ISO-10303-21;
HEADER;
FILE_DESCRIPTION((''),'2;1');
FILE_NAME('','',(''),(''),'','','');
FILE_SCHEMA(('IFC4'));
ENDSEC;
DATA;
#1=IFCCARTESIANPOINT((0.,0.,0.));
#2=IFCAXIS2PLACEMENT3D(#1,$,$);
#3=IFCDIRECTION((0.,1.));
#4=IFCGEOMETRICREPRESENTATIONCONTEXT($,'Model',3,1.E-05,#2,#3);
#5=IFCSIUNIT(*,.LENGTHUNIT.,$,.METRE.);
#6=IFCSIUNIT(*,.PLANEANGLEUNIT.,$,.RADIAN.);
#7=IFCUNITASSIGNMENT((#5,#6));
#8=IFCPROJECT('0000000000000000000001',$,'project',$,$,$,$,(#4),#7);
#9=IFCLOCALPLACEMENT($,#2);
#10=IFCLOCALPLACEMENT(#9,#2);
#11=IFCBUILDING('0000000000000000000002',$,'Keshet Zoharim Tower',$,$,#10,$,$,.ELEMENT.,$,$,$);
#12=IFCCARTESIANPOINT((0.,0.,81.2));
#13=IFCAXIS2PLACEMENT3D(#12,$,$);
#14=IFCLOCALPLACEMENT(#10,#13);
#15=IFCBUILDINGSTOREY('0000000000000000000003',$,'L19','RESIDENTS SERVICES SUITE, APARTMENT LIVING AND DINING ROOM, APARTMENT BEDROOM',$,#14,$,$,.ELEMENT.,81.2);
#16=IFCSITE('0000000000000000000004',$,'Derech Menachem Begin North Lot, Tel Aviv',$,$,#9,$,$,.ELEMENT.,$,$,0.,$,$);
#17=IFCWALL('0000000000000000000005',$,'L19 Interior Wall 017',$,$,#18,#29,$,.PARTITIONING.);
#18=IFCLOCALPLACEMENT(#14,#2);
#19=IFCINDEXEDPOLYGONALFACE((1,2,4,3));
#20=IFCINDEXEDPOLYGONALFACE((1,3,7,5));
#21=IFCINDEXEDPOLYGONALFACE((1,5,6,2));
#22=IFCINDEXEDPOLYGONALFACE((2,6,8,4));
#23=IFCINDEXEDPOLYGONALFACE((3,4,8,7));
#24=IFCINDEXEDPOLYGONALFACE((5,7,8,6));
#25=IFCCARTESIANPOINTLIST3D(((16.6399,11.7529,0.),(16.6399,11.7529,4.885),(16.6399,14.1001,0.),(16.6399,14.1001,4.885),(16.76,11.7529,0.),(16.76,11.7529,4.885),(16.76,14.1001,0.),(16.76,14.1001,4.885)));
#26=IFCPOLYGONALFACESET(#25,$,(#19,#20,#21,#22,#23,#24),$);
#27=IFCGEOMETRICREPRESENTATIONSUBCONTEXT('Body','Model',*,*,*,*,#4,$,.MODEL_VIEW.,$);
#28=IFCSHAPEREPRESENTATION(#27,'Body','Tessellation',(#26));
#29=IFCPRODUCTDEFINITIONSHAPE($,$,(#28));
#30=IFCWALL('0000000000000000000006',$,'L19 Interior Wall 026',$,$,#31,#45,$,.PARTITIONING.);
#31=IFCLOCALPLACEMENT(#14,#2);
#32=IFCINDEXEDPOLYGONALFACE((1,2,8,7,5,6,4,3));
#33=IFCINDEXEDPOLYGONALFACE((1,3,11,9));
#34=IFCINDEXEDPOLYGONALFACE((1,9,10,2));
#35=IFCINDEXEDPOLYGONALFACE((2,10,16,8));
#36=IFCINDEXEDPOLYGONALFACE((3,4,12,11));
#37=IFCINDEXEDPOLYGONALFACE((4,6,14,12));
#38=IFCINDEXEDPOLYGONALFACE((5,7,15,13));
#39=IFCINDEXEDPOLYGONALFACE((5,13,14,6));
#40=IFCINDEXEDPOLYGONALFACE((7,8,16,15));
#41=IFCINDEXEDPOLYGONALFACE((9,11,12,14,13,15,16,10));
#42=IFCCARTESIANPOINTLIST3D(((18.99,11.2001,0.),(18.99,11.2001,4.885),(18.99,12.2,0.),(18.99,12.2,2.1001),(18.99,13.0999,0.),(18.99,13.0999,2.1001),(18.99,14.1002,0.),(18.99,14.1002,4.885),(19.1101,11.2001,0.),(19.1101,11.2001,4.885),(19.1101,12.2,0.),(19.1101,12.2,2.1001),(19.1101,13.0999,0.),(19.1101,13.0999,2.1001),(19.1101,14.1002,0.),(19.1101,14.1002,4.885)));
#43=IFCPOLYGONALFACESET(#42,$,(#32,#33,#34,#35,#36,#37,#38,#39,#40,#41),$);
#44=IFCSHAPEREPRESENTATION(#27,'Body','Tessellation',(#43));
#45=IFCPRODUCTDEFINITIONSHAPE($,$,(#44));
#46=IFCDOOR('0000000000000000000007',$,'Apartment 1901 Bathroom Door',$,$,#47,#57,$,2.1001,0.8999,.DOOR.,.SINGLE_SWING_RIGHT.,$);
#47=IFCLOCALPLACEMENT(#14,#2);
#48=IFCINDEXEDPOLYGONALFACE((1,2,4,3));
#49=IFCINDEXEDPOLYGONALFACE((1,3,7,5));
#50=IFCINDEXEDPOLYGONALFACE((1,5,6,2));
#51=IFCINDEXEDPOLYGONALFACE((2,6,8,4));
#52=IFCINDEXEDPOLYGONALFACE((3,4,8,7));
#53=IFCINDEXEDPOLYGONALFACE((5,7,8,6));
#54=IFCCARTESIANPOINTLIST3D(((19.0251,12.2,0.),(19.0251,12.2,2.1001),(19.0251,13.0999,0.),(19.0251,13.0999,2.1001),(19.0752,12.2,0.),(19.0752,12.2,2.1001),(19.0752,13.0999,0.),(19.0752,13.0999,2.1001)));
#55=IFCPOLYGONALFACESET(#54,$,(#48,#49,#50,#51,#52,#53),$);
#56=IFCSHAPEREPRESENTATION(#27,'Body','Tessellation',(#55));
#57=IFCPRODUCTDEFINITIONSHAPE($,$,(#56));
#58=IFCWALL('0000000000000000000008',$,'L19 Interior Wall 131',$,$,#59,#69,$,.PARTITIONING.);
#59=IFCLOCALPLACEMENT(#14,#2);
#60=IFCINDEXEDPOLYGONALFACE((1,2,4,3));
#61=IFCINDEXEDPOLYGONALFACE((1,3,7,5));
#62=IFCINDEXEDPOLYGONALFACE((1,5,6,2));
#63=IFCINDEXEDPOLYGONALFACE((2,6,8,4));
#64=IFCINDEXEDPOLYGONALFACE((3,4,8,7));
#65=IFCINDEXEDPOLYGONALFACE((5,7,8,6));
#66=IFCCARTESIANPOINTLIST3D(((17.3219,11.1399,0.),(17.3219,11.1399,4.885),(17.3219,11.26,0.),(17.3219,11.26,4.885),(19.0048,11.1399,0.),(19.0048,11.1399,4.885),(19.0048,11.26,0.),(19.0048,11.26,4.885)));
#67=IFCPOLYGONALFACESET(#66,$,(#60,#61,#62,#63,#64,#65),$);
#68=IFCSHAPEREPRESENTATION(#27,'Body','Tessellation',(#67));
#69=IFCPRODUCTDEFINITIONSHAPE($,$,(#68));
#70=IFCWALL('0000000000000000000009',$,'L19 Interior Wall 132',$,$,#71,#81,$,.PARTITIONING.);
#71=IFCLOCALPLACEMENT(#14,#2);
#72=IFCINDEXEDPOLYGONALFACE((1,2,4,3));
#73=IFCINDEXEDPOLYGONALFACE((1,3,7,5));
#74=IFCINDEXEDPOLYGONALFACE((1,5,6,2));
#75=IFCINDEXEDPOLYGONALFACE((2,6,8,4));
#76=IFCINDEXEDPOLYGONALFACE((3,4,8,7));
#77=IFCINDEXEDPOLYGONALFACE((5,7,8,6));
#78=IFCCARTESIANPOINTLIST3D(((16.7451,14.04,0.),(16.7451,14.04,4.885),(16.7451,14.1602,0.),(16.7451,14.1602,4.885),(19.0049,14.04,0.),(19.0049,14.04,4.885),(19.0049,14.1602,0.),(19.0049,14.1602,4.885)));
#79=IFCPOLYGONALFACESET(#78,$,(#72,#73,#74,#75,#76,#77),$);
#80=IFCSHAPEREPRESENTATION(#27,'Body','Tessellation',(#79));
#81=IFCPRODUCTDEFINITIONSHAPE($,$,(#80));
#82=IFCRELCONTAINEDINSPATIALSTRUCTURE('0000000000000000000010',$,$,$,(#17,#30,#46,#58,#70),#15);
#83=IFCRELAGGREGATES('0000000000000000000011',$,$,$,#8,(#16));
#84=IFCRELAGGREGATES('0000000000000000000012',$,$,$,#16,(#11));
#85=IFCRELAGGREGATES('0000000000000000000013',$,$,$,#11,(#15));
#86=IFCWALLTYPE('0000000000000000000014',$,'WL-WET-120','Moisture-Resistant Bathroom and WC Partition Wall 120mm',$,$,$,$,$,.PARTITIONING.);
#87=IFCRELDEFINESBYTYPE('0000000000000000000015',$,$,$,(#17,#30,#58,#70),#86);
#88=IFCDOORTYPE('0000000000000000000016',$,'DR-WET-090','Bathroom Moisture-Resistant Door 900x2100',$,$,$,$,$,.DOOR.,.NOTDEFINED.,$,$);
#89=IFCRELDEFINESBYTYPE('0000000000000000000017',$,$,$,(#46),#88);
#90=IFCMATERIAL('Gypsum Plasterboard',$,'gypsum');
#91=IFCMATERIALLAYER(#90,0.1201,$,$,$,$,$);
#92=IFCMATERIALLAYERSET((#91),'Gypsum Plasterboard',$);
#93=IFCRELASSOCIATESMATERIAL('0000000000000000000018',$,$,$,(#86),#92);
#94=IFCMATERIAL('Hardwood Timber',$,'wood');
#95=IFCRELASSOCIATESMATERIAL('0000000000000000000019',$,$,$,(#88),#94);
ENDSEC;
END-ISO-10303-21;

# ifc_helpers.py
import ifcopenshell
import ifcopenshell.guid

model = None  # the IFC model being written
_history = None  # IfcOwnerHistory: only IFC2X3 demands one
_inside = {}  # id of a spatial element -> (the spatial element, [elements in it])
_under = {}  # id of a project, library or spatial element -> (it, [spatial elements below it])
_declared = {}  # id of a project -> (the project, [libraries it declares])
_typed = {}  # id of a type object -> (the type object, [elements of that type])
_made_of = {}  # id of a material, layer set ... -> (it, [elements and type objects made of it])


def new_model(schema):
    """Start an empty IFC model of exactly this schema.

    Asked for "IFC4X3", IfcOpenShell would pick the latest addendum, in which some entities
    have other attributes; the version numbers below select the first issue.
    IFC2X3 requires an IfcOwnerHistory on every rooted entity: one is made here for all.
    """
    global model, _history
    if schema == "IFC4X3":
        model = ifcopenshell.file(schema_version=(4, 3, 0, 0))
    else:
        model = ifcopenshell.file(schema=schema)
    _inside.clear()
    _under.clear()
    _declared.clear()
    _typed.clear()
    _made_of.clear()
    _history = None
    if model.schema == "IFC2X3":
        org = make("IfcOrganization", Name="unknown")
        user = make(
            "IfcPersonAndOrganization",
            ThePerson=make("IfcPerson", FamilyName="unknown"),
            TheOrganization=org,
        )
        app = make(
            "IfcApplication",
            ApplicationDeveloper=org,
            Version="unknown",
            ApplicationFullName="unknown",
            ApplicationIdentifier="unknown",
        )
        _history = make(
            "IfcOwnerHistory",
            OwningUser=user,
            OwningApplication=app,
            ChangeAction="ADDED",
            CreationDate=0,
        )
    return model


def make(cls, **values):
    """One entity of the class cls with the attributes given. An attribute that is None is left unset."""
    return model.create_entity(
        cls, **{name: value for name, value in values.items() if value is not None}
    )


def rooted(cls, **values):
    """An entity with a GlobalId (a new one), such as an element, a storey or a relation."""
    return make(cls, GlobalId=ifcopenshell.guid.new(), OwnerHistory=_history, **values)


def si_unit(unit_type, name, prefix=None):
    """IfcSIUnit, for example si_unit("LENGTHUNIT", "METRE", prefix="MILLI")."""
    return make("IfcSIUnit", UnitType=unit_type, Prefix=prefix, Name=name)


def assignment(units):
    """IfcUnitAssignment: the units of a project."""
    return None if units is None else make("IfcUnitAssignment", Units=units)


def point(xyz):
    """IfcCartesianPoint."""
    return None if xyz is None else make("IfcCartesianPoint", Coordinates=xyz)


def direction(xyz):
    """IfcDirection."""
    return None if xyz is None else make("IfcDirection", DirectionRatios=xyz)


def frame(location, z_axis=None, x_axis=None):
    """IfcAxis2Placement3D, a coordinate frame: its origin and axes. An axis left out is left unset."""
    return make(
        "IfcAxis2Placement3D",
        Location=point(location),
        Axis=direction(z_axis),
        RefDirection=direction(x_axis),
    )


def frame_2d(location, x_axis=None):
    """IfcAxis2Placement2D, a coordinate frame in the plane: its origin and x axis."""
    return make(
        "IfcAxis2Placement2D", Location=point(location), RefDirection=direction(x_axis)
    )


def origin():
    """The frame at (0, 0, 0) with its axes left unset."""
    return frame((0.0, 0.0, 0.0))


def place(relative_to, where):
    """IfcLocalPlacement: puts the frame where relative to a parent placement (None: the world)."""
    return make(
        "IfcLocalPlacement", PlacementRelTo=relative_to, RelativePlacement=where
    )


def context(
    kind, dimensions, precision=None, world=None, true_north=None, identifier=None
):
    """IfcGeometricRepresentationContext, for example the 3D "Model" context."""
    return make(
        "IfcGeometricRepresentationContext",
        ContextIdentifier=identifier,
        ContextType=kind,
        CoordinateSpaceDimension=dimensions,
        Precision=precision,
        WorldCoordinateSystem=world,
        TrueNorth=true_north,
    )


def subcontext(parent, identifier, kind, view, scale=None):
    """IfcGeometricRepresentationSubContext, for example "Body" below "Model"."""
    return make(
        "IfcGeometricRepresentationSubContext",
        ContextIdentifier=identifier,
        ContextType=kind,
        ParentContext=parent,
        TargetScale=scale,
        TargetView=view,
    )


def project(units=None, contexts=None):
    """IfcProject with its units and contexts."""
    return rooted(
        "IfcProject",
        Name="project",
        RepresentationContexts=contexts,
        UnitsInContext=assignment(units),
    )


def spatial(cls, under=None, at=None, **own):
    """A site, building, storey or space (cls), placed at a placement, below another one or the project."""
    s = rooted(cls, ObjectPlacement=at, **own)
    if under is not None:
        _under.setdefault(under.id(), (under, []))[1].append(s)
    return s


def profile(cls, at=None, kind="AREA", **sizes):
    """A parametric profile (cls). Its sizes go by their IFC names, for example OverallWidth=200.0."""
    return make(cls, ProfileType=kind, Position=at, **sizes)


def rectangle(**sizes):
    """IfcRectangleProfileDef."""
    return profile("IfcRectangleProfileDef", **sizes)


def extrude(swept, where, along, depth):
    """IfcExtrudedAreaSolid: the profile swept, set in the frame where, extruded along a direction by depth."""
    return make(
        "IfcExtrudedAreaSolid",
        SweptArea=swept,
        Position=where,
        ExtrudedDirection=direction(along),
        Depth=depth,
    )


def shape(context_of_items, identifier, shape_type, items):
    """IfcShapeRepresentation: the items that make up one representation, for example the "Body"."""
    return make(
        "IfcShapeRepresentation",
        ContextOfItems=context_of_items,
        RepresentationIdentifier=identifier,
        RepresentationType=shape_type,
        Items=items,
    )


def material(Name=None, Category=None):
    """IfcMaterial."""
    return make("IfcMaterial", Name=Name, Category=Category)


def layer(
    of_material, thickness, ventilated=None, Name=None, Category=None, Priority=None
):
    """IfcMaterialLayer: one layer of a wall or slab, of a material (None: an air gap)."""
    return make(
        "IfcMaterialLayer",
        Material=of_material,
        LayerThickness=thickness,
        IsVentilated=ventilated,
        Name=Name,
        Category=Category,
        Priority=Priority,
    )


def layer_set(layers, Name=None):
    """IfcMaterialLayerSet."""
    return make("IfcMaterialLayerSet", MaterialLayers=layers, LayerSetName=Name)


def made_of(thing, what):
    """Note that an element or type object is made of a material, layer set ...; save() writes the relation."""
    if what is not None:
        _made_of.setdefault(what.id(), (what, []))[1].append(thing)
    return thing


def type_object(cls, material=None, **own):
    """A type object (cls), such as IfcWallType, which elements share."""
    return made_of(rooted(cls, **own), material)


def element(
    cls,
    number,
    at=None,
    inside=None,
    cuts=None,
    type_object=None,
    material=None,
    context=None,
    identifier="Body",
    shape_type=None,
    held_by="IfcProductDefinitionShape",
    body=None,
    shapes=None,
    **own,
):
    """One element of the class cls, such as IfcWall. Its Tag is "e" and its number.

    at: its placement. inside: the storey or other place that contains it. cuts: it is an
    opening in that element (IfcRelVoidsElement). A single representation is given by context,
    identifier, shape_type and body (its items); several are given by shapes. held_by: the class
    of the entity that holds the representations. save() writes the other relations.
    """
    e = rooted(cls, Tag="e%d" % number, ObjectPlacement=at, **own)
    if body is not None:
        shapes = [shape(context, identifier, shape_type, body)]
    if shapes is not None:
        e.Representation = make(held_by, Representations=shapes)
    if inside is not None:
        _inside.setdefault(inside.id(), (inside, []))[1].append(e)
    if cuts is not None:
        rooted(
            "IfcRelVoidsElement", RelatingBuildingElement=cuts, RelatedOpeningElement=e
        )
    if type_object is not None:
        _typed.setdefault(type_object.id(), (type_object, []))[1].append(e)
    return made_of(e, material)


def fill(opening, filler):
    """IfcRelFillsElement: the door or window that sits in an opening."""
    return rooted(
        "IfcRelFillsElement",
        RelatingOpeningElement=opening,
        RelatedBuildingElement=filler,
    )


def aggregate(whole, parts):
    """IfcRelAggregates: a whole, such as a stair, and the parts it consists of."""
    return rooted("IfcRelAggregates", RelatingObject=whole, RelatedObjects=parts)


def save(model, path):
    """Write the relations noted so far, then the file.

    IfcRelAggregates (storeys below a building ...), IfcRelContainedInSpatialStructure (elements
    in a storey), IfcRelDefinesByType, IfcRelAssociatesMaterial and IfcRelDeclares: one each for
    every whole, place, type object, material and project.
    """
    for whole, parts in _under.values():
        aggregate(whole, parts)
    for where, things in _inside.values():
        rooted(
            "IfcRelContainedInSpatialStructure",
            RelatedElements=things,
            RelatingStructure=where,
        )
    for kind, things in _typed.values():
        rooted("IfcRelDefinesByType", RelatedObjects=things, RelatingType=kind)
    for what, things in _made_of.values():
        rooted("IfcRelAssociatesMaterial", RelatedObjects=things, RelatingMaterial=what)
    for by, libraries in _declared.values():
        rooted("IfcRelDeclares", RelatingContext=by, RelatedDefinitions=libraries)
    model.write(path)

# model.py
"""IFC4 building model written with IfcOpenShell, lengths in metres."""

from ifc_helpers import new_model, si_unit, direction, frame, frame_2d, origin, place, context, subcontext, project, spatial, rectangle, extrude, material, layer, layer_set, type_object, element, fill, save


model = new_model("IFC4")

# Units and contexts
model_context = context("Model", 3, precision=1e-05, world=origin(), true_north=direction((0.0, 1.0)))
body_context = subcontext(model_context, "Body", "Model", "MODEL_VIEW")
ifc_project = project(units=[si_unit("LENGTHUNIT", "METRE"), si_unit("PLANEANGLEUNIT", "RADIAN")], contexts=[model_context])

# Site, building, storey
site_placement = place(None, origin())
site = spatial("IfcSite", under=ifc_project, at=site_placement, Name="Derech Menachem Begin North Lot, Tel Aviv", CompositionType="ELEMENT", RefElevation=0.0)
building_placement = place(site_placement, origin())
building = spatial("IfcBuilding", under=site, at=building_placement, Name="Keshet Zoharim Tower", CompositionType="ELEMENT")
storey_placement = place(building_placement, frame((0.0, 0.0, 81.2)))
storey = spatial("IfcBuildingStorey", under=building, at=storey_placement, Name="L19", Description="RESIDENTS SERVICES SUITE, APARTMENT LIVING AND DINING ROOM, APARTMENT BEDROOM", CompositionType="ELEMENT", Elevation=81.2)

# Shared definitions
ifc_material_1 = material(Name="Gypsum Plasterboard", Category="gypsum")

# Shared definitions
ifc_material_2 = material(Name="Hardwood Timber", Category="wood")

# Wall
ifc_layer_1 = layer(ifc_material_1, 0.1201)
ifc_layer_set_1 = layer_set([ifc_layer_1], Name="Gypsum Plasterboard")
wall_type_1 = type_object("IfcWallType", Name="WL-WET-120", Description="Moisture-Resistant Bathroom and WC Partition Wall 120mm", PredefinedType="PARTITIONING", material=ifc_layer_set_1)
wall_1_placement = place(storey_placement, frame((16.7, 11.7529, 0.0), z_axis=(0.0, 0.0, 1.0), x_axis=(0.0, 1.0, 0.0)))
element("IfcWall", 1, at=wall_1_placement, inside=storey, type_object=wall_type_1, Name="L19 Interior Wall 017", PredefinedType="PARTITIONING", context=body_context, shape_type="SweptSolid", body=[
    extrude(rectangle(XDim=2.3472, YDim=0.1201, at=frame_2d((1.1736, 0.0))), origin(), (0.0, 0.0, 1.0), 4.885),
])

# Wall, opening, door
wall_2_placement = place(storey_placement, frame((19.05, 11.2, 0.0), z_axis=(0.0, 0.0, 1.0), x_axis=(0.0, 1.0, 0.0)))
wall_2 = element("IfcWall", 2, at=wall_2_placement, inside=storey, type_object=wall_type_1, Name="L19 Interior Wall 026", PredefinedType="PARTITIONING", context=body_context, shape_type="SweptSolid", body=[
    extrude(rectangle(XDim=2.9001, YDim=0.1201, at=frame_2d((1.4502, 0.0))), origin(), (0.0, 0.0, 1.0), 4.885),
])
opening_1_placement = place(wall_2_placement, frame((1.0, 0.0, 0.0)))
opening_1 = element("IfcOpeningElement", 3, at=opening_1_placement, cuts=wall_2, PredefinedType="OPENING", context=body_context, shape_type="SweptSolid", body=[
    extrude(rectangle(XDim=0.8999, YDim=2.1001, at=frame_2d((0.45, 1.05))), frame((0.0, 0.0701, 0.0), z_axis=(0.0, -1.0, 0.0), x_axis=(1.0, 0.0, 0.0)), (0.0, 0.0, 1.0), 0.1401),
])
door_type_1 = type_object("IfcDoorType", Name="DR-WET-090", Description="Bathroom Moisture-Resistant Door 900x2100", OperationType="NOTDEFINED", PredefinedType="DOOR", material=ifc_material_2)
door_1_placement = place(opening_1_placement, origin())
door_1 = element("IfcDoor", 4, at=door_1_placement, inside=storey, type_object=door_type_1, Name="Apartment 1901 Bathroom Door", OperationType="SINGLE_SWING_RIGHT", OverallHeight=2.1001, OverallWidth=0.8999, PredefinedType="DOOR", context=body_context, shape_type="SweptSolid", body=[
    extrude(rectangle(XDim=0.8999, YDim=2.1001, at=frame_2d((0.45, 1.05))), frame((0.0, 0.0249, 0.0), z_axis=(0.0, -1.0, 0.0), x_axis=(1.0, 0.0, 0.0)), (0.0, 0.0, 1.0), 0.05),
])
fill(opening_1, door_1)

# Walls
wall_3_placement = place(storey_placement, frame((17.322, 11.2, 0.0), z_axis=(0.0, 0.0, 1.0), x_axis=(1.0, 0.0, 0.0)))
element("IfcWall", 5, at=wall_3_placement, inside=storey, type_object=wall_type_1, Name="L19 Interior Wall 131", PredefinedType="PARTITIONING", context=body_context, shape_type="SweptSolid", body=[
    extrude(rectangle(XDim=1.6829, YDim=0.1201, at=frame_2d((0.8413, 0.0))), origin(), (0.0, 0.0, 1.0), 4.885),
])
wall_4_placement = place(storey_placement, frame((16.7451, 14.1001, 0.0), z_axis=(0.0, 0.0, 1.0), x_axis=(1.0, 0.0, 0.0)))
element("IfcWall", 6, at=wall_4_placement, inside=storey, type_object=wall_type_1, Name="L19 Interior Wall 132", PredefinedType="PARTITIONING", context=body_context, shape_type="SweptSolid", body=[
    extrude(rectangle(XDim=2.2598, YDim=0.1201, at=frame_2d((1.1299, 0.0))), origin(), (0.0, 0.0, 1.0), 4.885),
])

save(model, "model.ifc")
